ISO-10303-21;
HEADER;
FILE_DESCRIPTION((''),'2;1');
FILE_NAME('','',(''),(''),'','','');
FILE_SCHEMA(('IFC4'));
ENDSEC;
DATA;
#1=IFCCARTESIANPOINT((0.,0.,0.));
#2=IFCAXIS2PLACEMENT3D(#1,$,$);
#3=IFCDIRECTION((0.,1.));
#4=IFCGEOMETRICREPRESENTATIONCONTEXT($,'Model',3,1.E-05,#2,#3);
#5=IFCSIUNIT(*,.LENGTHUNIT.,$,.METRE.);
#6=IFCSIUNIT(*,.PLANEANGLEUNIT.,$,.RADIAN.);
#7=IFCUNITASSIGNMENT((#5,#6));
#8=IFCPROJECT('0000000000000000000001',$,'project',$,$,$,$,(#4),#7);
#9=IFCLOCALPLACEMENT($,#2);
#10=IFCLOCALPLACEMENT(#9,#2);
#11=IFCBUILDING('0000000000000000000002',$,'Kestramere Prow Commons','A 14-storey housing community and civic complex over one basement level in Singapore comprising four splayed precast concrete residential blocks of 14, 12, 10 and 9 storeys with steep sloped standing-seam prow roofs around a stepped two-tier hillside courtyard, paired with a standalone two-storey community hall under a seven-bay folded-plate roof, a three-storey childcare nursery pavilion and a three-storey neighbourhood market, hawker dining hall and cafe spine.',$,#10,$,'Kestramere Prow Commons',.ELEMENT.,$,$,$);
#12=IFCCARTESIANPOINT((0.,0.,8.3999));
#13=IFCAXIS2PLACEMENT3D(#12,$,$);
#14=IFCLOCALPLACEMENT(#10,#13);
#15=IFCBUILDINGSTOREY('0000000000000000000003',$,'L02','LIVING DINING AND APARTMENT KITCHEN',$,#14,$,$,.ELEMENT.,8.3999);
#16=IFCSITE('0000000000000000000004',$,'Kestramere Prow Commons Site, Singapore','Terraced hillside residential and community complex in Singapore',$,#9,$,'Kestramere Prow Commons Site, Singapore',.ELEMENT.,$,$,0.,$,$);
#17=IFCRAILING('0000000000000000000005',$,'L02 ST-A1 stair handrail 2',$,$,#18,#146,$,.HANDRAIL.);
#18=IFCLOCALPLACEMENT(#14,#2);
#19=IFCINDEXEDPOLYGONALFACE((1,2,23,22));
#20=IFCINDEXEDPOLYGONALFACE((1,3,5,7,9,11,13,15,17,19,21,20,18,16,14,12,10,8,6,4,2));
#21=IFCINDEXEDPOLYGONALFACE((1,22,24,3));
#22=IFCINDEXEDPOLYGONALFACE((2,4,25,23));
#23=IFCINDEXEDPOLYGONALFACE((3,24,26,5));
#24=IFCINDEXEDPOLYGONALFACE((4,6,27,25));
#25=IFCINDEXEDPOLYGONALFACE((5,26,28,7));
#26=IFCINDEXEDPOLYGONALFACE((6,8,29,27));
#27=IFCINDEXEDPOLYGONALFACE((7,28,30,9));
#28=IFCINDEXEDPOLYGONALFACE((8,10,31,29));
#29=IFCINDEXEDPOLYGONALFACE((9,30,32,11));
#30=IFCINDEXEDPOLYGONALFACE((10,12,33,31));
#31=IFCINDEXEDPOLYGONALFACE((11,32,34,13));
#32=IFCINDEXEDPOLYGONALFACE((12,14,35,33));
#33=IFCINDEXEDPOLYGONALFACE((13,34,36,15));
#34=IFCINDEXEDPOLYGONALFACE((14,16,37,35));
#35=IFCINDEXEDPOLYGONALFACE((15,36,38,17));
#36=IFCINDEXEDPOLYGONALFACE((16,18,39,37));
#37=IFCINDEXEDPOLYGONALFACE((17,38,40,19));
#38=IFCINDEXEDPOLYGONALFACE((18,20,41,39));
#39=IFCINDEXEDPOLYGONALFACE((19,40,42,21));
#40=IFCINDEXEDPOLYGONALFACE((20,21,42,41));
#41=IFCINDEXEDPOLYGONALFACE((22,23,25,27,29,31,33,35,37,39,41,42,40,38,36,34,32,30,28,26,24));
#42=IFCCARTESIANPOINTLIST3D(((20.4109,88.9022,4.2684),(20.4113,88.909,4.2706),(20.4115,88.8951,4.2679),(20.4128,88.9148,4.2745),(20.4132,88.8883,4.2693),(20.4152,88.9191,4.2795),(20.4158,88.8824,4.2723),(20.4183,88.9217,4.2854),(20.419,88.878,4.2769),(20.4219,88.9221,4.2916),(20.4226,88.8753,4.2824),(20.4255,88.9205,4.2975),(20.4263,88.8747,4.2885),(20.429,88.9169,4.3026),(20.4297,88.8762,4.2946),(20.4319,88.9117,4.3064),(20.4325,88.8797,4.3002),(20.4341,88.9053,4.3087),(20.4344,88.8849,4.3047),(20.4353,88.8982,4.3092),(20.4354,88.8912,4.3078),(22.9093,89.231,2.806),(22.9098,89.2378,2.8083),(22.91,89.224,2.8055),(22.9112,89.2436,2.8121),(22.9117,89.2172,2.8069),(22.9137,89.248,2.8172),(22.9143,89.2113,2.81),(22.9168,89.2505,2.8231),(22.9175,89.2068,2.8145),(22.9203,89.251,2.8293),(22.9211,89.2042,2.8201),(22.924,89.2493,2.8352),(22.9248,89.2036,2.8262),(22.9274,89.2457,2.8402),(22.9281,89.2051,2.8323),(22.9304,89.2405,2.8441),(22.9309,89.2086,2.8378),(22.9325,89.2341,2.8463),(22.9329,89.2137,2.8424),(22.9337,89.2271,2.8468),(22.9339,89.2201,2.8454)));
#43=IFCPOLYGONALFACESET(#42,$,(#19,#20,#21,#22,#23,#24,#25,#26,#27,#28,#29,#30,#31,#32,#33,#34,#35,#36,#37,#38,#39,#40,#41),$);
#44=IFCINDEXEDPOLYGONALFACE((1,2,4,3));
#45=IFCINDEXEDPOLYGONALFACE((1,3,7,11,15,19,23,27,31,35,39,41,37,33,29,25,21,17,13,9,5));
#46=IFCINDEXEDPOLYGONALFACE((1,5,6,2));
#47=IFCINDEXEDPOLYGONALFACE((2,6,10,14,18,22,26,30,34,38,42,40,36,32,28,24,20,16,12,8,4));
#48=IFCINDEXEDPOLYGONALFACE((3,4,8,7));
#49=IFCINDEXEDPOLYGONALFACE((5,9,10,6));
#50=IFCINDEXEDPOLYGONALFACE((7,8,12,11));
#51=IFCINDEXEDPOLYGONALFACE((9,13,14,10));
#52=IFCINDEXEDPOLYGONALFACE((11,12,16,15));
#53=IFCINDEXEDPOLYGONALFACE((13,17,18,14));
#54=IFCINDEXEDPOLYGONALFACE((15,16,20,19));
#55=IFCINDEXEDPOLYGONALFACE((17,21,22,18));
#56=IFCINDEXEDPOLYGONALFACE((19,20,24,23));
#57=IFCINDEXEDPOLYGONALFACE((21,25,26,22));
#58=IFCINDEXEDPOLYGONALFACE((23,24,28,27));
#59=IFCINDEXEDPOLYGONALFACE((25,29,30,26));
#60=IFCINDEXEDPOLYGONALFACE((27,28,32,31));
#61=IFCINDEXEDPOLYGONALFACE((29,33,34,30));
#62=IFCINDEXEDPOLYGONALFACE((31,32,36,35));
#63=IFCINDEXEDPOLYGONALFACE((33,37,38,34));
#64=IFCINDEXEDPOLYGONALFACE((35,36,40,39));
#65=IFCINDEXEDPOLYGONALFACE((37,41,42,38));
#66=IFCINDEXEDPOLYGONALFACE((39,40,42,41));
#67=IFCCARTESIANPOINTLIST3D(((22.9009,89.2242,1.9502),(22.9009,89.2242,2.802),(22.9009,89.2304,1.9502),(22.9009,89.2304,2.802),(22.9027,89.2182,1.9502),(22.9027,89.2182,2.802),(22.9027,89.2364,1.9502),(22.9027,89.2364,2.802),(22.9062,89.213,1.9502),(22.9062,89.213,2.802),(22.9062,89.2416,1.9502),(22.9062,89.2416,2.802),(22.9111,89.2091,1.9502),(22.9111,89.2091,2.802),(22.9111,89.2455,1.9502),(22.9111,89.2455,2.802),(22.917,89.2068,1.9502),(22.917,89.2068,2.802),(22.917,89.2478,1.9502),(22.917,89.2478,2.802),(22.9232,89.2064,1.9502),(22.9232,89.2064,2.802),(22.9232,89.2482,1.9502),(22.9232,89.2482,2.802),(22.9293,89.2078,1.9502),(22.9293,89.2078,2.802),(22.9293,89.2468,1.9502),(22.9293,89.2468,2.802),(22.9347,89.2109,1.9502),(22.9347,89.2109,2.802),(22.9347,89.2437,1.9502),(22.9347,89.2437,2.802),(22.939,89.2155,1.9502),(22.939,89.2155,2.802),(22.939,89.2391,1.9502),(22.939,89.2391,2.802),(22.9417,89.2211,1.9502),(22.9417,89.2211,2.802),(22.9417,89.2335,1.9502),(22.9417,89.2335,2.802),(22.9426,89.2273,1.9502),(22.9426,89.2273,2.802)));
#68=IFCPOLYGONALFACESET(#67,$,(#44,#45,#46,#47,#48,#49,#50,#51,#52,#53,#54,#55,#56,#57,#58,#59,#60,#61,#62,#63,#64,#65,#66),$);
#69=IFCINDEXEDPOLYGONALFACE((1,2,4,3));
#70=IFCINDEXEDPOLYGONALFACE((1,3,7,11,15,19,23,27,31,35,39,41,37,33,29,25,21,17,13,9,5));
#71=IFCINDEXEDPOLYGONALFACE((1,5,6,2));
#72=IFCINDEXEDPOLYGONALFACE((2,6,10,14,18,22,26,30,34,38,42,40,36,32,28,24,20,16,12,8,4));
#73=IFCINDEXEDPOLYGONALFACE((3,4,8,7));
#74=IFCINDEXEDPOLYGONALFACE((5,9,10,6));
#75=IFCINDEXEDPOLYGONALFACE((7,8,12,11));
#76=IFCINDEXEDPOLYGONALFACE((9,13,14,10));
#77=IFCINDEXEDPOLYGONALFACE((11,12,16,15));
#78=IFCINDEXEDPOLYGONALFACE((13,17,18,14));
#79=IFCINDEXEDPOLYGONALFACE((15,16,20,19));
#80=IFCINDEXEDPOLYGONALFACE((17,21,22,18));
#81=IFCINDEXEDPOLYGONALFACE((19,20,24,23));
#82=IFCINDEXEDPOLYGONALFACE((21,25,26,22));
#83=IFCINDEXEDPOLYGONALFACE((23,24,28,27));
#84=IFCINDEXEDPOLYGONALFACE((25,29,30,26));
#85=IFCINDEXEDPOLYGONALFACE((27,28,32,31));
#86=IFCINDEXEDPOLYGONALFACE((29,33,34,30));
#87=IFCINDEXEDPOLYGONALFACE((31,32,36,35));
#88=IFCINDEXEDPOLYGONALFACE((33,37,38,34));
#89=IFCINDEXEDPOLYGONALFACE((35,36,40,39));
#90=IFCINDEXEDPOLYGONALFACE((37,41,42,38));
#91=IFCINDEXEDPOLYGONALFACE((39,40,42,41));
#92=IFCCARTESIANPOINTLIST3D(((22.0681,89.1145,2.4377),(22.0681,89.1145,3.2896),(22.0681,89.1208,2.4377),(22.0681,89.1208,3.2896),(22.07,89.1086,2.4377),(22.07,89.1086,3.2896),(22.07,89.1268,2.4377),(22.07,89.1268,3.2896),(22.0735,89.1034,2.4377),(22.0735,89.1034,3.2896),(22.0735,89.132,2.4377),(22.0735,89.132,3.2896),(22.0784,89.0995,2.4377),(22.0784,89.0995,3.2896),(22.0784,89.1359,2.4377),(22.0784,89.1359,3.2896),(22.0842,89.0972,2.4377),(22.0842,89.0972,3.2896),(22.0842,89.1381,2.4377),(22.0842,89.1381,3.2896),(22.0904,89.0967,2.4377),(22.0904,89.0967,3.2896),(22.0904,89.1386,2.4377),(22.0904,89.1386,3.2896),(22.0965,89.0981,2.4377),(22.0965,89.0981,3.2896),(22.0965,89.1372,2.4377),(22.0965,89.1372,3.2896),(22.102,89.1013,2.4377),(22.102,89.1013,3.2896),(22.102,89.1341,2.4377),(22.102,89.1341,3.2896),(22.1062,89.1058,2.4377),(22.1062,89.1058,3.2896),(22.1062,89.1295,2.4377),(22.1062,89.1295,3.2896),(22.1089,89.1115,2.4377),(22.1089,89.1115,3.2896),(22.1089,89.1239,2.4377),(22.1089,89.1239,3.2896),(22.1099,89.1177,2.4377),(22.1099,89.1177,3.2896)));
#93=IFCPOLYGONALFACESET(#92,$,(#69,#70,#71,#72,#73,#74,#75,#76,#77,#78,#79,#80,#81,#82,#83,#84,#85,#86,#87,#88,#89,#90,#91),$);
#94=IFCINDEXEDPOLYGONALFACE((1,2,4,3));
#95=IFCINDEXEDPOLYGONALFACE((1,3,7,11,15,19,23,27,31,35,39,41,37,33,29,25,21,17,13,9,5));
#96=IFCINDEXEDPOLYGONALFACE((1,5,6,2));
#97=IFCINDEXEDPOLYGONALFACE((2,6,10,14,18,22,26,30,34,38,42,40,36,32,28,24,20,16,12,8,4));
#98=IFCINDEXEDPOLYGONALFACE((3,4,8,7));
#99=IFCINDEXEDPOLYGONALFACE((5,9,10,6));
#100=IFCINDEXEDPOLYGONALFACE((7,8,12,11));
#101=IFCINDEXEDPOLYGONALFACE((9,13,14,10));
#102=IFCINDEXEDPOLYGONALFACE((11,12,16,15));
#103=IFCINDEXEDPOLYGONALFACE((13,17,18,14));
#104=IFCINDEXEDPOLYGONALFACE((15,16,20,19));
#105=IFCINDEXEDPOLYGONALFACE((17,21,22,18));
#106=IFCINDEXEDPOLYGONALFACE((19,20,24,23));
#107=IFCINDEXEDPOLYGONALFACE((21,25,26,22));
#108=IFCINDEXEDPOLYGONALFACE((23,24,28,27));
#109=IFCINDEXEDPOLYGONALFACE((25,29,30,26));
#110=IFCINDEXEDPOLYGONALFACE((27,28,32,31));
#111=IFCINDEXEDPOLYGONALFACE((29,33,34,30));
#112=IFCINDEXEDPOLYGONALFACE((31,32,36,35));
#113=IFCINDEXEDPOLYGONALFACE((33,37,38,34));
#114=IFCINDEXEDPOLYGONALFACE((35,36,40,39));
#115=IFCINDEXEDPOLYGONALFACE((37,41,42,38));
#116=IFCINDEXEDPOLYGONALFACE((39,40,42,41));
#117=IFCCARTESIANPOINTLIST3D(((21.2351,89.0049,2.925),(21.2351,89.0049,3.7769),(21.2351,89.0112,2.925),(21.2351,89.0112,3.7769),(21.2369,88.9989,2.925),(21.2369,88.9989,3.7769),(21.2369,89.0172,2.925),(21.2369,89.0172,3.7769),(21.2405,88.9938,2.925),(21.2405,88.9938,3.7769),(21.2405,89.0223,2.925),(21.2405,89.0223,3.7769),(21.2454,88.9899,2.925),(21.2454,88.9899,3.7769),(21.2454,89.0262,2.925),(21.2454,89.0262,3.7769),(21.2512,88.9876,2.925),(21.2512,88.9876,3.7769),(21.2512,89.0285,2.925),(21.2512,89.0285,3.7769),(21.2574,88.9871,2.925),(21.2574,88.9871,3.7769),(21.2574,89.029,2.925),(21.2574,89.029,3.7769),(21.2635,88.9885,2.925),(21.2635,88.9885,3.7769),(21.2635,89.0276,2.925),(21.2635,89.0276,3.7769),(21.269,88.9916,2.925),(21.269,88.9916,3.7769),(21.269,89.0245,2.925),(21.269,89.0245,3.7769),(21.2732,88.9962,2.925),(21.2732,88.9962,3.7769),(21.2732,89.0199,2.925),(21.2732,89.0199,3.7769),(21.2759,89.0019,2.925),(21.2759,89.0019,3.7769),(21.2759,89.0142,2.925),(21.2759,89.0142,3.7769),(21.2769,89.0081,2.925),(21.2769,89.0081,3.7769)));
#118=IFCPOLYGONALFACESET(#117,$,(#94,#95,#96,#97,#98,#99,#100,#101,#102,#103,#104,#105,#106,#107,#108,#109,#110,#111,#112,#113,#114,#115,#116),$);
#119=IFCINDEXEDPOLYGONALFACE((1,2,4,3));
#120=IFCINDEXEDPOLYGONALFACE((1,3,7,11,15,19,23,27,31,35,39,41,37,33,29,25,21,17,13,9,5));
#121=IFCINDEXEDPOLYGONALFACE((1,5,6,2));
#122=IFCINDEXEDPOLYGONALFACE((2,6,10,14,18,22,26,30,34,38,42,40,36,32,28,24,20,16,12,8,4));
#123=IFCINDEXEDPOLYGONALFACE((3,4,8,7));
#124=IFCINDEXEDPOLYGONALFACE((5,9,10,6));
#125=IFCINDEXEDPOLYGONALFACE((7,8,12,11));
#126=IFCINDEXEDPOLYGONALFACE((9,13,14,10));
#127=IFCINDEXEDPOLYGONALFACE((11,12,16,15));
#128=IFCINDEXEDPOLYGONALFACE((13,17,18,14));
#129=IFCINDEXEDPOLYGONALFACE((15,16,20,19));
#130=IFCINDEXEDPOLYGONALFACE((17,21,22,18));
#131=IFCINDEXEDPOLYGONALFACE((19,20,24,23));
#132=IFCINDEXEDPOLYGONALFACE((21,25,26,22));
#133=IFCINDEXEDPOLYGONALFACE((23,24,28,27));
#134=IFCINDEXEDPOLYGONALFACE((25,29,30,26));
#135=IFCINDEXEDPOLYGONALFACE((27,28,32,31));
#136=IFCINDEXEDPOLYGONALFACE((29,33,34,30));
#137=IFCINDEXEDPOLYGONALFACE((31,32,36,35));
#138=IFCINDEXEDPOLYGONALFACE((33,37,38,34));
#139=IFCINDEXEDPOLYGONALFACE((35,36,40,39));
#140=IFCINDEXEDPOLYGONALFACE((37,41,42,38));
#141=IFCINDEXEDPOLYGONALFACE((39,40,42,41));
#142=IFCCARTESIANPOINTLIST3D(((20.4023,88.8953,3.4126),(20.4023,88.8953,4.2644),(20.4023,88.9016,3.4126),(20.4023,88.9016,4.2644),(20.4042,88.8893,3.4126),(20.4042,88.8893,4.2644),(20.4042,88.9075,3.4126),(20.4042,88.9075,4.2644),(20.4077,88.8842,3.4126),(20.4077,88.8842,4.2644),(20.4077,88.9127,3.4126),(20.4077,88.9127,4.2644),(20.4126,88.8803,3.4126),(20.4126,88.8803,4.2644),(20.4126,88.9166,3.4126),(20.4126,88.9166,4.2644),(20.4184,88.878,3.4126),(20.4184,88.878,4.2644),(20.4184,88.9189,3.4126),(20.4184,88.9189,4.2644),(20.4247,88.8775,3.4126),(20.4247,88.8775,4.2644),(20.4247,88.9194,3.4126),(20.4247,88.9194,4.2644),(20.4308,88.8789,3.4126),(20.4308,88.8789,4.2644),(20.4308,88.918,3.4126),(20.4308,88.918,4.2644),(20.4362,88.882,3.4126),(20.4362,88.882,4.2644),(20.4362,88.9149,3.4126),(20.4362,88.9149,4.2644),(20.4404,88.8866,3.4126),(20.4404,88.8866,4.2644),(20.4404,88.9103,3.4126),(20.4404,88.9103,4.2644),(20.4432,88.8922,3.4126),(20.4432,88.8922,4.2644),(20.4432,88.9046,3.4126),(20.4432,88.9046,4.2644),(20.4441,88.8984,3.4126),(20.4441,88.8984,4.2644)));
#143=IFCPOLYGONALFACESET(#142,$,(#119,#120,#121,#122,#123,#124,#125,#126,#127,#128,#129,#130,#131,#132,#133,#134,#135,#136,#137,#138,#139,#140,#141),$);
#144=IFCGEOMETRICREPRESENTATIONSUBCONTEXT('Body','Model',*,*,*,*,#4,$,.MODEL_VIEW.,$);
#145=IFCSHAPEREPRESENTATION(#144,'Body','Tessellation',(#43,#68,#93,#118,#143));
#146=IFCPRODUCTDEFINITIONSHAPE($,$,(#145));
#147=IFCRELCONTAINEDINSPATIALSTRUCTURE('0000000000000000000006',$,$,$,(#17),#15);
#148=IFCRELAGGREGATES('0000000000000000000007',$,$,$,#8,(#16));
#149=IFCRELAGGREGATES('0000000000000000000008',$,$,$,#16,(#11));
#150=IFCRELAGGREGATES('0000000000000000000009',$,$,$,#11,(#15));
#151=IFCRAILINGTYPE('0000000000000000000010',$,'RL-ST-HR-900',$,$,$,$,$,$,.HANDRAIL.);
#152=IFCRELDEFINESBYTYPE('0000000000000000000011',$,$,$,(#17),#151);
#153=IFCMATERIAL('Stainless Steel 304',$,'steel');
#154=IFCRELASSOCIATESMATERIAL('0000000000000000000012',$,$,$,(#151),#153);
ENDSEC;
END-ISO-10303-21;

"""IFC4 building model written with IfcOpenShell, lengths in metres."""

from ifc_helpers import new_model, si_unit, direction, frame, origin, origin_2d, place, context, subcontext, project, spatial, circle, extrude, material, type_object, element, save


model = new_model("IFC4")

# Units and contexts
model_context = context("Model", 3, precision=1e-05, world=origin(), true_north=direction((0.0, 1.0)))
body_context = subcontext(model_context, "Body", "Model", "MODEL_VIEW")
ifc_project = project(units=[si_unit("LENGTHUNIT", "METRE"), si_unit("PLANEANGLEUNIT", "RADIAN")], contexts=[model_context])

# Site, building, storey
site_placement = place(None, origin())
site = spatial("IfcSite", under=ifc_project, at=site_placement, Name="Kestramere Prow Commons Site, Singapore", Description="Terraced hillside residential and community complex in Singapore", LongName="Kestramere Prow Commons Site, Singapore", CompositionType="ELEMENT", RefElevation=0.0)
building_placement = place(site_placement, origin())
building = spatial("IfcBuilding", under=site, at=building_placement, Name="Kestramere Prow Commons", Description="A 14-storey housing community and civic complex over one basement level in Singapore comprising four splayed precast concrete residential blocks of 14, 12, 10 and 9 storeys with steep sloped standing-seam prow roofs around a stepped two-tier hillside courtyard, paired with a standalone two-storey community hall under a seven-bay folded-plate roof, a three-storey childcare nursery pavilion and a three-storey neighbourhood market, hawker dining hall and cafe spine.", LongName="Kestramere Prow Commons", CompositionType="ELEMENT")
storey_placement = place(building_placement, frame((0.0, 0.0, 8.3999)))
storey = spatial("IfcBuildingStorey", under=building, at=storey_placement, Name="L02", Description="LIVING DINING AND APARTMENT KITCHEN", CompositionType="ELEMENT", Elevation=8.3999)

# Railing
ifc_material_1 = material(Name="Stainless Steel 304", Category="steel")
railing_type_1 = type_object("IfcRailingType", Name="RL-ST-HR-900", PredefinedType="HANDRAIL", material=ifc_material_1)
railing_1_placement = place(storey_placement, frame((22.9216, 89.2273, 1.9502)))
element("IfcRailing", 1, at=railing_1_placement, inside=storey, type_object=railing_type_1, Name="L02 ST-A1 stair handrail 2", PredefinedType="HANDRAIL", context=body_context, shape_type="SweptSolid", body=[
    extrude(circle(Radius=0.0239, at=origin_2d()), frame((0.0, 0.0, 0.876), z_axis=(-0.857523, -0.112867, 0.501912), x_axis=(0.130495, -0.991449, 0.0)), (0.0, 0.0, 1.0), 2.9136),
    extrude(circle(Radius=0.021, at=origin_2d()), origin(), (0.0, 0.0, 1.0), 0.8518),
    extrude(circle(Radius=0.021, at=origin_2d()), frame((-0.8328, -0.1096, 0.4875)), (0.0, 0.0, 1.0), 0.8518),
    extrude(circle(Radius=0.021, at=origin_2d()), frame((-1.6658, -0.2192, 0.9749)), (0.0, 0.0, 1.0), 0.8518),
    extrude(circle(Radius=0.021, at=origin_2d()), frame((-2.4985, -0.3289, 1.4624)), (0.0, 0.0, 1.0), 0.8518),
])

save(model, "model.ifc")
